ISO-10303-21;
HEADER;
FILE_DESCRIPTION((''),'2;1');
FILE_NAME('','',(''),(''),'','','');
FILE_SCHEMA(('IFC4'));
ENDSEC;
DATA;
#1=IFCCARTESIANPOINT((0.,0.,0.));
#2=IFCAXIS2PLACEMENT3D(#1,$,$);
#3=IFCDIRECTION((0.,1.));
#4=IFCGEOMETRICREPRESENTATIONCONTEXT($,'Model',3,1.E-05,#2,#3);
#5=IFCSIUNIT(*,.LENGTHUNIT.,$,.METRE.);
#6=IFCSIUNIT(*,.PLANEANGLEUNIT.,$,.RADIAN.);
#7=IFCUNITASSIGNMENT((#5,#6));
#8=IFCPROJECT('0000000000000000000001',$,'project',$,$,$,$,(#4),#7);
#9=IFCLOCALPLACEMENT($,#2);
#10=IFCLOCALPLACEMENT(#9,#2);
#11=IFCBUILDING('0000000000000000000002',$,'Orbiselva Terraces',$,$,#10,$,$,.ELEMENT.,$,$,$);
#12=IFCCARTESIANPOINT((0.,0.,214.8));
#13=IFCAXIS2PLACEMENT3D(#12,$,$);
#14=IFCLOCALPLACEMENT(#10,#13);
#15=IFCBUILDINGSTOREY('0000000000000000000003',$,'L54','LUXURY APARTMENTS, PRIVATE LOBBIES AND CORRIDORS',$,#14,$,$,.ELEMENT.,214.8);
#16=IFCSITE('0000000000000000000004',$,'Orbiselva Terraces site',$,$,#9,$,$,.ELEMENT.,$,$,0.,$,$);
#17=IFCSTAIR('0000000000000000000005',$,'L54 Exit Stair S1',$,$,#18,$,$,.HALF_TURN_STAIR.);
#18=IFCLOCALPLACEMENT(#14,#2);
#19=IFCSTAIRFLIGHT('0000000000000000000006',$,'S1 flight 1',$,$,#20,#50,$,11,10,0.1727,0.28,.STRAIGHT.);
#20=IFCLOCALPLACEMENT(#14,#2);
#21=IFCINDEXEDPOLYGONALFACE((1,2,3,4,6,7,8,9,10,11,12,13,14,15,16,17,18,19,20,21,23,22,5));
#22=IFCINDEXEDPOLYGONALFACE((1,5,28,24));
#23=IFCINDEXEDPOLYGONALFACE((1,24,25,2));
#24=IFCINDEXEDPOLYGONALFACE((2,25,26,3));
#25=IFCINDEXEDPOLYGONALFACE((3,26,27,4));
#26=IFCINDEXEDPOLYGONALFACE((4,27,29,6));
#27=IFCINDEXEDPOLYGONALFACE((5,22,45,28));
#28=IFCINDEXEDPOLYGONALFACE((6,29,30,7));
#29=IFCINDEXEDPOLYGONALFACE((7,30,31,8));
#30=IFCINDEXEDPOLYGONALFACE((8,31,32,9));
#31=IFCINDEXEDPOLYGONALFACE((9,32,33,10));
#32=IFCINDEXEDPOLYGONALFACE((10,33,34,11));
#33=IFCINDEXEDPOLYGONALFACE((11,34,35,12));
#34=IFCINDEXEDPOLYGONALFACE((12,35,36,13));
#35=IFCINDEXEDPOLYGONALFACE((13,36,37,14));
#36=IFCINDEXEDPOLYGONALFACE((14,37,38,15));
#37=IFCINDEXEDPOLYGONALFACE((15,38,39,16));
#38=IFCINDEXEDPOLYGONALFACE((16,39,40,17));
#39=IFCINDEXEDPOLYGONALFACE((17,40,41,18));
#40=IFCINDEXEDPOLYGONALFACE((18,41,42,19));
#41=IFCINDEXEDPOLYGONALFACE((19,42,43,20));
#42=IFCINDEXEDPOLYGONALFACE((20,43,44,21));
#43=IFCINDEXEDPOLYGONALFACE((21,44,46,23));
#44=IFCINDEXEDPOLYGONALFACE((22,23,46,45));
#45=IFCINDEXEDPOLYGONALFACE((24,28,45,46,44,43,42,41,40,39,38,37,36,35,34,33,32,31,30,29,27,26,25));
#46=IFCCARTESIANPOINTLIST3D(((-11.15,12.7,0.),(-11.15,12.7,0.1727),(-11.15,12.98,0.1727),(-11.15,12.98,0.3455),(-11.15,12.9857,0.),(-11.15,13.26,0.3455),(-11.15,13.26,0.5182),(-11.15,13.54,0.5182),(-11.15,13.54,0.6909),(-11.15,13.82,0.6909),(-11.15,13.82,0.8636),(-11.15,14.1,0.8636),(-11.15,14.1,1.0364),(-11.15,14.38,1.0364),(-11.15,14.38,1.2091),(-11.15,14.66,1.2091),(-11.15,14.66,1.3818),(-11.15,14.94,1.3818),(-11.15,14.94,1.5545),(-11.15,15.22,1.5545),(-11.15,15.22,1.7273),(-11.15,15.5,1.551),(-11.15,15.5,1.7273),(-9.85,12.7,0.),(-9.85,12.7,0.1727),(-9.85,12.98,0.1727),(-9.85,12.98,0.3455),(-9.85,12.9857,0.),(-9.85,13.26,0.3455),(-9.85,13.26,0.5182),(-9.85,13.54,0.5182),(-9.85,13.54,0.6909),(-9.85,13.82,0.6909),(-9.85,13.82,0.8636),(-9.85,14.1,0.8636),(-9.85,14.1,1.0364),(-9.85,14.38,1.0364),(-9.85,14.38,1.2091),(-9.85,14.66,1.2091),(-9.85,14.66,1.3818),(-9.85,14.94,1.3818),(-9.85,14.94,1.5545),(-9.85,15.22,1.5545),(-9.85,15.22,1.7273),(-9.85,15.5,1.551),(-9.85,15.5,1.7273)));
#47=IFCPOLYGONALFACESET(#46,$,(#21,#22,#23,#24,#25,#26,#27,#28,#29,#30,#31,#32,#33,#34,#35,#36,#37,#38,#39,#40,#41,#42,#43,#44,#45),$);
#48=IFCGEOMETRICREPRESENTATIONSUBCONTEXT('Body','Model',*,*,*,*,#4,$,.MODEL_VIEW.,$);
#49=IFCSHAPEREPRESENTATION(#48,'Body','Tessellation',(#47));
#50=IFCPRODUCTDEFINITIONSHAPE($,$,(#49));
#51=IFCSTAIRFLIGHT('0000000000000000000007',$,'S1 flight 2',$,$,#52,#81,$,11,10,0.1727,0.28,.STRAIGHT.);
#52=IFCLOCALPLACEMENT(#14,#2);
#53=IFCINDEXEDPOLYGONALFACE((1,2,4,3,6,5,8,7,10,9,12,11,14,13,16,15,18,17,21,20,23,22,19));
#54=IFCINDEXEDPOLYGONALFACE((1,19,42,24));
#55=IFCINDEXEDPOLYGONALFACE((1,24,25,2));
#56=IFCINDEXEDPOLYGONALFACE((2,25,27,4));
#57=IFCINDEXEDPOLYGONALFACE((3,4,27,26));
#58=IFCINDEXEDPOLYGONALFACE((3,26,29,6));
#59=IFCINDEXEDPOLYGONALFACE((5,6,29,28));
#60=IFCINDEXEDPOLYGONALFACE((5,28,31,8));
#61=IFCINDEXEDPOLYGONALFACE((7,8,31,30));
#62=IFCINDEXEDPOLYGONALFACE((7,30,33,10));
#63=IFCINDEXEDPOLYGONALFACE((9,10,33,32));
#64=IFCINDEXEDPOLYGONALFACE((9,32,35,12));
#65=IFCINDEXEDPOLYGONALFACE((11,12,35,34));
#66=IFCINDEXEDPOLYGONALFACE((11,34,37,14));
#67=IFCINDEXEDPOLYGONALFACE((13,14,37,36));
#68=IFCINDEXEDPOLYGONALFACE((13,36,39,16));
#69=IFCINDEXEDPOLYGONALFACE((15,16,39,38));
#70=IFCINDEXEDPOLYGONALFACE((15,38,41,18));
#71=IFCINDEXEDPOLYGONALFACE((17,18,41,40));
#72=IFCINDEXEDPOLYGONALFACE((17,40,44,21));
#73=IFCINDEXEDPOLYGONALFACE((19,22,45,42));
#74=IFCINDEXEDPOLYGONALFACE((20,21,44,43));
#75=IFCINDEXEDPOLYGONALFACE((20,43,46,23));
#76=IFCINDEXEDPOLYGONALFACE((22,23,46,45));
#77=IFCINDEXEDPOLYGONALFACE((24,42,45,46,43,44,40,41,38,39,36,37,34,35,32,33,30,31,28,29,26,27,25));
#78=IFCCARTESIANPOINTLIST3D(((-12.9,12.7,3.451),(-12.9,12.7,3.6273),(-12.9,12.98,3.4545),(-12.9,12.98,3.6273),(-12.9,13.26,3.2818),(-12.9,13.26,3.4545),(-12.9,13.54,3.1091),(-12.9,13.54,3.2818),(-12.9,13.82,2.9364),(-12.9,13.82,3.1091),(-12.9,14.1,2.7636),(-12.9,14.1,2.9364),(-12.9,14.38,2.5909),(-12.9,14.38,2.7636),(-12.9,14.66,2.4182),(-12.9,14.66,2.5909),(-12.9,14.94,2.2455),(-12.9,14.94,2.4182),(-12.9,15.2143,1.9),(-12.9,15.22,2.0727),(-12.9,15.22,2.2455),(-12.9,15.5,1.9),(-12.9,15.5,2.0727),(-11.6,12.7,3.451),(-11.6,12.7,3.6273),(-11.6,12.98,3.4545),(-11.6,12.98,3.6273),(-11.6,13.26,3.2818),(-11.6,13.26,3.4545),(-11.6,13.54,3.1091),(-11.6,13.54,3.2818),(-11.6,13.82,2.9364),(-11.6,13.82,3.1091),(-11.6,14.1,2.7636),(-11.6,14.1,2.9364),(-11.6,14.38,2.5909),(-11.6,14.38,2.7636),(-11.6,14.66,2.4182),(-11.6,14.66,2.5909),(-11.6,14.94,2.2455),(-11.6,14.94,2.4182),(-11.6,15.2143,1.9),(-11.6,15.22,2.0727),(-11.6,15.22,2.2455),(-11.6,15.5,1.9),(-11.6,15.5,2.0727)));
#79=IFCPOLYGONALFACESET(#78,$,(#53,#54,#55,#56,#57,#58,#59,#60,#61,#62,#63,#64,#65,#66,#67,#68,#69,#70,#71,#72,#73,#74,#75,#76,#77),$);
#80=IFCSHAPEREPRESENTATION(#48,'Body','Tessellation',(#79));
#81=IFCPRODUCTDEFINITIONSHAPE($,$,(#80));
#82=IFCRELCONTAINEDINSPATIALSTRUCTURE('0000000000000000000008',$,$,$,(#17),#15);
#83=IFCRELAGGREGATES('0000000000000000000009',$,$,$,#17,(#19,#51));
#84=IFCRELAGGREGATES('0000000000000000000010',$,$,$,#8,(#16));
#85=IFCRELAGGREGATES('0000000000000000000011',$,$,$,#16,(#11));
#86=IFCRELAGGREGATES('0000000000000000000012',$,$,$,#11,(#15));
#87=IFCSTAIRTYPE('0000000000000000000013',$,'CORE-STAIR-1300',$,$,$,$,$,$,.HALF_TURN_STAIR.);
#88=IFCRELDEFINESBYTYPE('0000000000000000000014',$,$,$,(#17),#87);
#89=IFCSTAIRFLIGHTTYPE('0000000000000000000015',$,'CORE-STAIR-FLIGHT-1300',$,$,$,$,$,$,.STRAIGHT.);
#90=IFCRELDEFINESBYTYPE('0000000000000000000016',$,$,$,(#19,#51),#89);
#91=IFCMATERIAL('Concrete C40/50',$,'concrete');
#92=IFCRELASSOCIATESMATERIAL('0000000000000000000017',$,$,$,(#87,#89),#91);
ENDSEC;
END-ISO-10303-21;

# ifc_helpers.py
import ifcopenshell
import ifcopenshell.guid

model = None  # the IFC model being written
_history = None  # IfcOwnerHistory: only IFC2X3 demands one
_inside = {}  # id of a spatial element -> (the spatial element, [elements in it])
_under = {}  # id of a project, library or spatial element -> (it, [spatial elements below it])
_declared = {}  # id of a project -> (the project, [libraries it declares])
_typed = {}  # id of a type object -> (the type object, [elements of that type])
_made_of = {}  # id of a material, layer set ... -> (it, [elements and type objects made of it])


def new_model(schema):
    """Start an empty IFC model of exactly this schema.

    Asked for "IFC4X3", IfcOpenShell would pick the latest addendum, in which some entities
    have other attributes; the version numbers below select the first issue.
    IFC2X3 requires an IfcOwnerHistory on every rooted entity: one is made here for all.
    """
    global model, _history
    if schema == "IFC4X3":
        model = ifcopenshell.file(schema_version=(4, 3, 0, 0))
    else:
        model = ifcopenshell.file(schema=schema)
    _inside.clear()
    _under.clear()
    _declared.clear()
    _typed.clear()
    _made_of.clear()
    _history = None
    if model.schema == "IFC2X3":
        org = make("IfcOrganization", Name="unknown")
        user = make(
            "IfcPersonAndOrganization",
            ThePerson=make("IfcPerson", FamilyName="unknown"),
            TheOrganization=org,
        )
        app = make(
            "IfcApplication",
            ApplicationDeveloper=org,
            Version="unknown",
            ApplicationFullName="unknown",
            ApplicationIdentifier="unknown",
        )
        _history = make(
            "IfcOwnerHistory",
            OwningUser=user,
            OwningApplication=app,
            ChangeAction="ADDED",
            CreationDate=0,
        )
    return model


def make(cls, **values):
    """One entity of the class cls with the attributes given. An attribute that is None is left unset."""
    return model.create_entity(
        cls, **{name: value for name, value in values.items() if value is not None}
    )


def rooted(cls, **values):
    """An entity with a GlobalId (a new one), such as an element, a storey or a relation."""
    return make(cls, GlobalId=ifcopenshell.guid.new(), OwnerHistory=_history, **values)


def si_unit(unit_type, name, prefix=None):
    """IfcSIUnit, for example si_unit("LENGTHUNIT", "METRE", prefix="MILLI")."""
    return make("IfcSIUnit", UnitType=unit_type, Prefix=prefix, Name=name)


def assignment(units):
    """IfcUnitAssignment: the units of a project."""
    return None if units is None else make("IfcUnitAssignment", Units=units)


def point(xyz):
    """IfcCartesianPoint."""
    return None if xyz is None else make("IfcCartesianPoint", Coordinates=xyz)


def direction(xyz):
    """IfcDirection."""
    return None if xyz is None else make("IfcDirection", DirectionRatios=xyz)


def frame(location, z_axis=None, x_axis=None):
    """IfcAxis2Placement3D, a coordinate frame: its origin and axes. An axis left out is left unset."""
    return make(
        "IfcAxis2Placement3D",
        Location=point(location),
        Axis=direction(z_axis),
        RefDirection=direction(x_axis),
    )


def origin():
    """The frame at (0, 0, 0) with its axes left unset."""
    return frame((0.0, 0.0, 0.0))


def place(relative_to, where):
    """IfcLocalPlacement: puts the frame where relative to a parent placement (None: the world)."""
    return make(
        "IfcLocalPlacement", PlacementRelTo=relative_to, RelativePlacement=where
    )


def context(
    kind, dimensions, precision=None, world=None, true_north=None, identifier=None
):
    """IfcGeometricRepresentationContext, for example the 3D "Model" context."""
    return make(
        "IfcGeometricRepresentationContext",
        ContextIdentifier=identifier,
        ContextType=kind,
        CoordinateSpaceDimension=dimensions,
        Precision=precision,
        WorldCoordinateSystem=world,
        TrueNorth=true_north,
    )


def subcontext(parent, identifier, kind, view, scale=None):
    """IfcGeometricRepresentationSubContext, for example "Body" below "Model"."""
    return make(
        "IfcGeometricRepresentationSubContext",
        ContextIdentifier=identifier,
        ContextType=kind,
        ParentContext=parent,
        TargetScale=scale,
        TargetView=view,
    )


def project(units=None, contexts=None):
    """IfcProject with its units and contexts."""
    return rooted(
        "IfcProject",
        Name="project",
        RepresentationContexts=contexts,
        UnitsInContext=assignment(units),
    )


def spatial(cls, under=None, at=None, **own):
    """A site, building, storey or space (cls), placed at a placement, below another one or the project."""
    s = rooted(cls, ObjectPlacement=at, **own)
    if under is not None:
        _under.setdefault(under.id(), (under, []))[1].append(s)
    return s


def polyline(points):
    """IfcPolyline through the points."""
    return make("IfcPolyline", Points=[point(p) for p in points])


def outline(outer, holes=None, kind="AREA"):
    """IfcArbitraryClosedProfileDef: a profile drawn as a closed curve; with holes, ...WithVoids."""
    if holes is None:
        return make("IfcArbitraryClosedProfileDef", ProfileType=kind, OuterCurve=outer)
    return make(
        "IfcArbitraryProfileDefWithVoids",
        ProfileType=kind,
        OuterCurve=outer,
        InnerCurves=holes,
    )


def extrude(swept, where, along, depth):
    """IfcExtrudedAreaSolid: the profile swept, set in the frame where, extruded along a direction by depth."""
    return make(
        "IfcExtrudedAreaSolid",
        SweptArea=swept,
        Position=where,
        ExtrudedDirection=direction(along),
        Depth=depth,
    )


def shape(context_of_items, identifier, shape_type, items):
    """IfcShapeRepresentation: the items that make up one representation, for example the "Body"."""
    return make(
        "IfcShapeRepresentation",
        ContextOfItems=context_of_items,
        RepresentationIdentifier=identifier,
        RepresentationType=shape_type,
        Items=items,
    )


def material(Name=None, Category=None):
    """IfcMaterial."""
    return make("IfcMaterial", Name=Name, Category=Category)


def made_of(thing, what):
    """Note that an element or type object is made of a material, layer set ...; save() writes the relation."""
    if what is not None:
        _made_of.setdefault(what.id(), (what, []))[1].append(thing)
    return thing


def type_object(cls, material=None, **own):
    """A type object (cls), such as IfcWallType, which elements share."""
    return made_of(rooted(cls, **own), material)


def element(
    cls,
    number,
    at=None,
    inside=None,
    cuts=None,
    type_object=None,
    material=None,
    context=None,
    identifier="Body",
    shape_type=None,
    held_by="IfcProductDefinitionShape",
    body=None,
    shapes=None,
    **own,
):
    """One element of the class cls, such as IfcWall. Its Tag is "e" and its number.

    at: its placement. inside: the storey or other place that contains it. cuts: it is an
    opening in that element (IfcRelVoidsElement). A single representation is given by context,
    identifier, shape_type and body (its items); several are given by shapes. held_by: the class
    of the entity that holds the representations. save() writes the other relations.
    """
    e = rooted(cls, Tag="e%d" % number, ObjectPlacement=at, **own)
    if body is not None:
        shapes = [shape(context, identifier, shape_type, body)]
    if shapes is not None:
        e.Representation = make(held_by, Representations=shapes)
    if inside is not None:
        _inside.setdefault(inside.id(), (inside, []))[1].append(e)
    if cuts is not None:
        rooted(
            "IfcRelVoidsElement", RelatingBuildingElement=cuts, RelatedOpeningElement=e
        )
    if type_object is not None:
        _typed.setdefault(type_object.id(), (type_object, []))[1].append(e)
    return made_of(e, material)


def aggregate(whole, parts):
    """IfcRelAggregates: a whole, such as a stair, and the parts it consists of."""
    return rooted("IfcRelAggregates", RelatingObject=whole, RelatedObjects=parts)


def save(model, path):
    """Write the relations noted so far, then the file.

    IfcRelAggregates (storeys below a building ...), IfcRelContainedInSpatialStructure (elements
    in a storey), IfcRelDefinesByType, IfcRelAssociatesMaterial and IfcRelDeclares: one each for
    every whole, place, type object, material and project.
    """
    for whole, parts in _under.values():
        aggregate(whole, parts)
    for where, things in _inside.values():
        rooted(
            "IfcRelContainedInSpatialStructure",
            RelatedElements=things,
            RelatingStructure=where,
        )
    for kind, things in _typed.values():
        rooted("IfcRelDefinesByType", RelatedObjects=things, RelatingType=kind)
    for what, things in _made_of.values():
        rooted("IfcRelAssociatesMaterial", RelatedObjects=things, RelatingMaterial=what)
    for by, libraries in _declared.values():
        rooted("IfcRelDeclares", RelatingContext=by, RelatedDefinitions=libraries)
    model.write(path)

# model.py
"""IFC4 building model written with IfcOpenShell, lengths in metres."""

from ifc_helpers import new_model, si_unit, direction, frame, origin, place, context, subcontext, project, spatial, polyline, outline, extrude, material, type_object, element, aggregate, save


model = new_model("IFC4")

# Units and contexts
model_context = context("Model", 3, precision=1e-05, world=origin(), true_north=direction((0.0, 1.0)))
body_context = subcontext(model_context, "Body", "Model", "MODEL_VIEW")
ifc_project = project(units=[si_unit("LENGTHUNIT", "METRE"), si_unit("PLANEANGLEUNIT", "RADIAN")], contexts=[model_context])

# Site, building, storey
site_placement = place(None, origin())
site = spatial("IfcSite", under=ifc_project, at=site_placement, Name="Orbiselva Terraces site", CompositionType="ELEMENT", RefElevation=0.0)
building_placement = place(site_placement, origin())
building = spatial("IfcBuilding", under=site, at=building_placement, Name="Orbiselva Terraces", CompositionType="ELEMENT")
storey_placement = place(building_placement, frame((0.0, 0.0, 214.8)))
storey = spatial("IfcBuildingStorey", under=building, at=storey_placement, Name="L54", Description="LUXURY APARTMENTS, PRIVATE LOBBIES AND CORRIDORS", CompositionType="ELEMENT", Elevation=214.8)

# Shared definitions
ifc_material_1 = material(Name="Concrete C40/50", Category="concrete")

# Stair, stair flights
stair_type = type_object("IfcStairType", Name="CORE-STAIR-1300", PredefinedType="HALF_TURN_STAIR", material=ifc_material_1)
stair_placement = place(storey_placement, origin())
stair = element("IfcStair", 1, at=stair_placement, inside=storey, type_object=stair_type, Name="L54 Exit Stair S1", PredefinedType="HALF_TURN_STAIR")
stair_flight_type = type_object("IfcStairFlightType", Name="CORE-STAIR-FLIGHT-1300", PredefinedType="STRAIGHT", material=ifc_material_1)
stair_flight_1_placement = place(storey_placement, frame((-10.5, 12.7, 0.0), z_axis=(0.0, 0.0, 1.0), x_axis=(0.0, 1.0, 0.0)))
stair_flight_1 = element("IfcStairFlight", 2, at=stair_flight_1_placement, type_object=stair_flight_type, Name="S1 flight 1", NumberOfRisers=11, NumberOfTreads=10, PredefinedType="STRAIGHT", RiserHeight=0.1727, TreadLength=0.28, context=body_context, shape_type="SweptSolid", body=[
    extrude(outline(polyline([(0.0, 0.0), (0.0, 0.1727), (0.28, 0.1727), (0.28, 0.3455), (0.56, 0.3455), (0.56, 0.5182), (0.84, 0.5182), (0.84, 0.6909), (1.12, 0.6909), (1.12, 0.8636), (1.4, 0.8636), (1.4, 1.0364), (1.68, 1.0364), (1.68, 1.2091), (1.96, 1.2091), (1.96, 1.3818), (2.24, 1.3818), (2.24, 1.5545), (2.52, 1.5545), (2.52, 1.7273), (2.8, 1.7273), (2.8, 1.9), (2.8, 1.551), (0.2857, 0.0), (0.0, 0.0)])), frame((0.0, 0.65, 0.0), z_axis=(0.0, -1.0, 0.0), x_axis=(1.0, 0.0, 0.0)), (0.0, 0.0, 1.0), 1.3),
])
stair_flight_2_placement = place(storey_placement, frame((-12.25, 15.5, 1.9), z_axis=(0.0, 0.0, 1.0), x_axis=(0.0, -1.0, 0.0)))
stair_flight_2 = element("IfcStairFlight", 3, at=stair_flight_2_placement, type_object=stair_flight_type, Name="S1 flight 2", NumberOfRisers=11, NumberOfTreads=10, PredefinedType="STRAIGHT", RiserHeight=0.1727, TreadLength=0.28, context=body_context, shape_type="SweptSolid", body=[
    extrude(outline(polyline([(0.0, 0.0), (0.0, 0.1727), (0.28, 0.1727), (0.28, 0.3455), (0.56, 0.3455), (0.56, 0.5182), (0.84, 0.5182), (0.84, 0.6909), (1.12, 0.6909), (1.12, 0.8636), (1.4, 0.8636), (1.4, 1.0364), (1.68, 1.0364), (1.68, 1.2091), (1.96, 1.2091), (1.96, 1.3818), (2.24, 1.3818), (2.24, 1.5545), (2.52, 1.5545), (2.52, 1.7273), (2.8, 1.7273), (2.8, 1.9), (2.8, 1.551), (0.2857, 0.0), (0.0, 0.0)])), frame((0.0, 0.65, 0.0), z_axis=(0.0, -1.0, 0.0), x_axis=(1.0, 0.0, 0.0)), (0.0, 0.0, 1.0), 1.3),
])
aggregate(stair, [stair_flight_1, stair_flight_2])

save(model, "model.ifc")
